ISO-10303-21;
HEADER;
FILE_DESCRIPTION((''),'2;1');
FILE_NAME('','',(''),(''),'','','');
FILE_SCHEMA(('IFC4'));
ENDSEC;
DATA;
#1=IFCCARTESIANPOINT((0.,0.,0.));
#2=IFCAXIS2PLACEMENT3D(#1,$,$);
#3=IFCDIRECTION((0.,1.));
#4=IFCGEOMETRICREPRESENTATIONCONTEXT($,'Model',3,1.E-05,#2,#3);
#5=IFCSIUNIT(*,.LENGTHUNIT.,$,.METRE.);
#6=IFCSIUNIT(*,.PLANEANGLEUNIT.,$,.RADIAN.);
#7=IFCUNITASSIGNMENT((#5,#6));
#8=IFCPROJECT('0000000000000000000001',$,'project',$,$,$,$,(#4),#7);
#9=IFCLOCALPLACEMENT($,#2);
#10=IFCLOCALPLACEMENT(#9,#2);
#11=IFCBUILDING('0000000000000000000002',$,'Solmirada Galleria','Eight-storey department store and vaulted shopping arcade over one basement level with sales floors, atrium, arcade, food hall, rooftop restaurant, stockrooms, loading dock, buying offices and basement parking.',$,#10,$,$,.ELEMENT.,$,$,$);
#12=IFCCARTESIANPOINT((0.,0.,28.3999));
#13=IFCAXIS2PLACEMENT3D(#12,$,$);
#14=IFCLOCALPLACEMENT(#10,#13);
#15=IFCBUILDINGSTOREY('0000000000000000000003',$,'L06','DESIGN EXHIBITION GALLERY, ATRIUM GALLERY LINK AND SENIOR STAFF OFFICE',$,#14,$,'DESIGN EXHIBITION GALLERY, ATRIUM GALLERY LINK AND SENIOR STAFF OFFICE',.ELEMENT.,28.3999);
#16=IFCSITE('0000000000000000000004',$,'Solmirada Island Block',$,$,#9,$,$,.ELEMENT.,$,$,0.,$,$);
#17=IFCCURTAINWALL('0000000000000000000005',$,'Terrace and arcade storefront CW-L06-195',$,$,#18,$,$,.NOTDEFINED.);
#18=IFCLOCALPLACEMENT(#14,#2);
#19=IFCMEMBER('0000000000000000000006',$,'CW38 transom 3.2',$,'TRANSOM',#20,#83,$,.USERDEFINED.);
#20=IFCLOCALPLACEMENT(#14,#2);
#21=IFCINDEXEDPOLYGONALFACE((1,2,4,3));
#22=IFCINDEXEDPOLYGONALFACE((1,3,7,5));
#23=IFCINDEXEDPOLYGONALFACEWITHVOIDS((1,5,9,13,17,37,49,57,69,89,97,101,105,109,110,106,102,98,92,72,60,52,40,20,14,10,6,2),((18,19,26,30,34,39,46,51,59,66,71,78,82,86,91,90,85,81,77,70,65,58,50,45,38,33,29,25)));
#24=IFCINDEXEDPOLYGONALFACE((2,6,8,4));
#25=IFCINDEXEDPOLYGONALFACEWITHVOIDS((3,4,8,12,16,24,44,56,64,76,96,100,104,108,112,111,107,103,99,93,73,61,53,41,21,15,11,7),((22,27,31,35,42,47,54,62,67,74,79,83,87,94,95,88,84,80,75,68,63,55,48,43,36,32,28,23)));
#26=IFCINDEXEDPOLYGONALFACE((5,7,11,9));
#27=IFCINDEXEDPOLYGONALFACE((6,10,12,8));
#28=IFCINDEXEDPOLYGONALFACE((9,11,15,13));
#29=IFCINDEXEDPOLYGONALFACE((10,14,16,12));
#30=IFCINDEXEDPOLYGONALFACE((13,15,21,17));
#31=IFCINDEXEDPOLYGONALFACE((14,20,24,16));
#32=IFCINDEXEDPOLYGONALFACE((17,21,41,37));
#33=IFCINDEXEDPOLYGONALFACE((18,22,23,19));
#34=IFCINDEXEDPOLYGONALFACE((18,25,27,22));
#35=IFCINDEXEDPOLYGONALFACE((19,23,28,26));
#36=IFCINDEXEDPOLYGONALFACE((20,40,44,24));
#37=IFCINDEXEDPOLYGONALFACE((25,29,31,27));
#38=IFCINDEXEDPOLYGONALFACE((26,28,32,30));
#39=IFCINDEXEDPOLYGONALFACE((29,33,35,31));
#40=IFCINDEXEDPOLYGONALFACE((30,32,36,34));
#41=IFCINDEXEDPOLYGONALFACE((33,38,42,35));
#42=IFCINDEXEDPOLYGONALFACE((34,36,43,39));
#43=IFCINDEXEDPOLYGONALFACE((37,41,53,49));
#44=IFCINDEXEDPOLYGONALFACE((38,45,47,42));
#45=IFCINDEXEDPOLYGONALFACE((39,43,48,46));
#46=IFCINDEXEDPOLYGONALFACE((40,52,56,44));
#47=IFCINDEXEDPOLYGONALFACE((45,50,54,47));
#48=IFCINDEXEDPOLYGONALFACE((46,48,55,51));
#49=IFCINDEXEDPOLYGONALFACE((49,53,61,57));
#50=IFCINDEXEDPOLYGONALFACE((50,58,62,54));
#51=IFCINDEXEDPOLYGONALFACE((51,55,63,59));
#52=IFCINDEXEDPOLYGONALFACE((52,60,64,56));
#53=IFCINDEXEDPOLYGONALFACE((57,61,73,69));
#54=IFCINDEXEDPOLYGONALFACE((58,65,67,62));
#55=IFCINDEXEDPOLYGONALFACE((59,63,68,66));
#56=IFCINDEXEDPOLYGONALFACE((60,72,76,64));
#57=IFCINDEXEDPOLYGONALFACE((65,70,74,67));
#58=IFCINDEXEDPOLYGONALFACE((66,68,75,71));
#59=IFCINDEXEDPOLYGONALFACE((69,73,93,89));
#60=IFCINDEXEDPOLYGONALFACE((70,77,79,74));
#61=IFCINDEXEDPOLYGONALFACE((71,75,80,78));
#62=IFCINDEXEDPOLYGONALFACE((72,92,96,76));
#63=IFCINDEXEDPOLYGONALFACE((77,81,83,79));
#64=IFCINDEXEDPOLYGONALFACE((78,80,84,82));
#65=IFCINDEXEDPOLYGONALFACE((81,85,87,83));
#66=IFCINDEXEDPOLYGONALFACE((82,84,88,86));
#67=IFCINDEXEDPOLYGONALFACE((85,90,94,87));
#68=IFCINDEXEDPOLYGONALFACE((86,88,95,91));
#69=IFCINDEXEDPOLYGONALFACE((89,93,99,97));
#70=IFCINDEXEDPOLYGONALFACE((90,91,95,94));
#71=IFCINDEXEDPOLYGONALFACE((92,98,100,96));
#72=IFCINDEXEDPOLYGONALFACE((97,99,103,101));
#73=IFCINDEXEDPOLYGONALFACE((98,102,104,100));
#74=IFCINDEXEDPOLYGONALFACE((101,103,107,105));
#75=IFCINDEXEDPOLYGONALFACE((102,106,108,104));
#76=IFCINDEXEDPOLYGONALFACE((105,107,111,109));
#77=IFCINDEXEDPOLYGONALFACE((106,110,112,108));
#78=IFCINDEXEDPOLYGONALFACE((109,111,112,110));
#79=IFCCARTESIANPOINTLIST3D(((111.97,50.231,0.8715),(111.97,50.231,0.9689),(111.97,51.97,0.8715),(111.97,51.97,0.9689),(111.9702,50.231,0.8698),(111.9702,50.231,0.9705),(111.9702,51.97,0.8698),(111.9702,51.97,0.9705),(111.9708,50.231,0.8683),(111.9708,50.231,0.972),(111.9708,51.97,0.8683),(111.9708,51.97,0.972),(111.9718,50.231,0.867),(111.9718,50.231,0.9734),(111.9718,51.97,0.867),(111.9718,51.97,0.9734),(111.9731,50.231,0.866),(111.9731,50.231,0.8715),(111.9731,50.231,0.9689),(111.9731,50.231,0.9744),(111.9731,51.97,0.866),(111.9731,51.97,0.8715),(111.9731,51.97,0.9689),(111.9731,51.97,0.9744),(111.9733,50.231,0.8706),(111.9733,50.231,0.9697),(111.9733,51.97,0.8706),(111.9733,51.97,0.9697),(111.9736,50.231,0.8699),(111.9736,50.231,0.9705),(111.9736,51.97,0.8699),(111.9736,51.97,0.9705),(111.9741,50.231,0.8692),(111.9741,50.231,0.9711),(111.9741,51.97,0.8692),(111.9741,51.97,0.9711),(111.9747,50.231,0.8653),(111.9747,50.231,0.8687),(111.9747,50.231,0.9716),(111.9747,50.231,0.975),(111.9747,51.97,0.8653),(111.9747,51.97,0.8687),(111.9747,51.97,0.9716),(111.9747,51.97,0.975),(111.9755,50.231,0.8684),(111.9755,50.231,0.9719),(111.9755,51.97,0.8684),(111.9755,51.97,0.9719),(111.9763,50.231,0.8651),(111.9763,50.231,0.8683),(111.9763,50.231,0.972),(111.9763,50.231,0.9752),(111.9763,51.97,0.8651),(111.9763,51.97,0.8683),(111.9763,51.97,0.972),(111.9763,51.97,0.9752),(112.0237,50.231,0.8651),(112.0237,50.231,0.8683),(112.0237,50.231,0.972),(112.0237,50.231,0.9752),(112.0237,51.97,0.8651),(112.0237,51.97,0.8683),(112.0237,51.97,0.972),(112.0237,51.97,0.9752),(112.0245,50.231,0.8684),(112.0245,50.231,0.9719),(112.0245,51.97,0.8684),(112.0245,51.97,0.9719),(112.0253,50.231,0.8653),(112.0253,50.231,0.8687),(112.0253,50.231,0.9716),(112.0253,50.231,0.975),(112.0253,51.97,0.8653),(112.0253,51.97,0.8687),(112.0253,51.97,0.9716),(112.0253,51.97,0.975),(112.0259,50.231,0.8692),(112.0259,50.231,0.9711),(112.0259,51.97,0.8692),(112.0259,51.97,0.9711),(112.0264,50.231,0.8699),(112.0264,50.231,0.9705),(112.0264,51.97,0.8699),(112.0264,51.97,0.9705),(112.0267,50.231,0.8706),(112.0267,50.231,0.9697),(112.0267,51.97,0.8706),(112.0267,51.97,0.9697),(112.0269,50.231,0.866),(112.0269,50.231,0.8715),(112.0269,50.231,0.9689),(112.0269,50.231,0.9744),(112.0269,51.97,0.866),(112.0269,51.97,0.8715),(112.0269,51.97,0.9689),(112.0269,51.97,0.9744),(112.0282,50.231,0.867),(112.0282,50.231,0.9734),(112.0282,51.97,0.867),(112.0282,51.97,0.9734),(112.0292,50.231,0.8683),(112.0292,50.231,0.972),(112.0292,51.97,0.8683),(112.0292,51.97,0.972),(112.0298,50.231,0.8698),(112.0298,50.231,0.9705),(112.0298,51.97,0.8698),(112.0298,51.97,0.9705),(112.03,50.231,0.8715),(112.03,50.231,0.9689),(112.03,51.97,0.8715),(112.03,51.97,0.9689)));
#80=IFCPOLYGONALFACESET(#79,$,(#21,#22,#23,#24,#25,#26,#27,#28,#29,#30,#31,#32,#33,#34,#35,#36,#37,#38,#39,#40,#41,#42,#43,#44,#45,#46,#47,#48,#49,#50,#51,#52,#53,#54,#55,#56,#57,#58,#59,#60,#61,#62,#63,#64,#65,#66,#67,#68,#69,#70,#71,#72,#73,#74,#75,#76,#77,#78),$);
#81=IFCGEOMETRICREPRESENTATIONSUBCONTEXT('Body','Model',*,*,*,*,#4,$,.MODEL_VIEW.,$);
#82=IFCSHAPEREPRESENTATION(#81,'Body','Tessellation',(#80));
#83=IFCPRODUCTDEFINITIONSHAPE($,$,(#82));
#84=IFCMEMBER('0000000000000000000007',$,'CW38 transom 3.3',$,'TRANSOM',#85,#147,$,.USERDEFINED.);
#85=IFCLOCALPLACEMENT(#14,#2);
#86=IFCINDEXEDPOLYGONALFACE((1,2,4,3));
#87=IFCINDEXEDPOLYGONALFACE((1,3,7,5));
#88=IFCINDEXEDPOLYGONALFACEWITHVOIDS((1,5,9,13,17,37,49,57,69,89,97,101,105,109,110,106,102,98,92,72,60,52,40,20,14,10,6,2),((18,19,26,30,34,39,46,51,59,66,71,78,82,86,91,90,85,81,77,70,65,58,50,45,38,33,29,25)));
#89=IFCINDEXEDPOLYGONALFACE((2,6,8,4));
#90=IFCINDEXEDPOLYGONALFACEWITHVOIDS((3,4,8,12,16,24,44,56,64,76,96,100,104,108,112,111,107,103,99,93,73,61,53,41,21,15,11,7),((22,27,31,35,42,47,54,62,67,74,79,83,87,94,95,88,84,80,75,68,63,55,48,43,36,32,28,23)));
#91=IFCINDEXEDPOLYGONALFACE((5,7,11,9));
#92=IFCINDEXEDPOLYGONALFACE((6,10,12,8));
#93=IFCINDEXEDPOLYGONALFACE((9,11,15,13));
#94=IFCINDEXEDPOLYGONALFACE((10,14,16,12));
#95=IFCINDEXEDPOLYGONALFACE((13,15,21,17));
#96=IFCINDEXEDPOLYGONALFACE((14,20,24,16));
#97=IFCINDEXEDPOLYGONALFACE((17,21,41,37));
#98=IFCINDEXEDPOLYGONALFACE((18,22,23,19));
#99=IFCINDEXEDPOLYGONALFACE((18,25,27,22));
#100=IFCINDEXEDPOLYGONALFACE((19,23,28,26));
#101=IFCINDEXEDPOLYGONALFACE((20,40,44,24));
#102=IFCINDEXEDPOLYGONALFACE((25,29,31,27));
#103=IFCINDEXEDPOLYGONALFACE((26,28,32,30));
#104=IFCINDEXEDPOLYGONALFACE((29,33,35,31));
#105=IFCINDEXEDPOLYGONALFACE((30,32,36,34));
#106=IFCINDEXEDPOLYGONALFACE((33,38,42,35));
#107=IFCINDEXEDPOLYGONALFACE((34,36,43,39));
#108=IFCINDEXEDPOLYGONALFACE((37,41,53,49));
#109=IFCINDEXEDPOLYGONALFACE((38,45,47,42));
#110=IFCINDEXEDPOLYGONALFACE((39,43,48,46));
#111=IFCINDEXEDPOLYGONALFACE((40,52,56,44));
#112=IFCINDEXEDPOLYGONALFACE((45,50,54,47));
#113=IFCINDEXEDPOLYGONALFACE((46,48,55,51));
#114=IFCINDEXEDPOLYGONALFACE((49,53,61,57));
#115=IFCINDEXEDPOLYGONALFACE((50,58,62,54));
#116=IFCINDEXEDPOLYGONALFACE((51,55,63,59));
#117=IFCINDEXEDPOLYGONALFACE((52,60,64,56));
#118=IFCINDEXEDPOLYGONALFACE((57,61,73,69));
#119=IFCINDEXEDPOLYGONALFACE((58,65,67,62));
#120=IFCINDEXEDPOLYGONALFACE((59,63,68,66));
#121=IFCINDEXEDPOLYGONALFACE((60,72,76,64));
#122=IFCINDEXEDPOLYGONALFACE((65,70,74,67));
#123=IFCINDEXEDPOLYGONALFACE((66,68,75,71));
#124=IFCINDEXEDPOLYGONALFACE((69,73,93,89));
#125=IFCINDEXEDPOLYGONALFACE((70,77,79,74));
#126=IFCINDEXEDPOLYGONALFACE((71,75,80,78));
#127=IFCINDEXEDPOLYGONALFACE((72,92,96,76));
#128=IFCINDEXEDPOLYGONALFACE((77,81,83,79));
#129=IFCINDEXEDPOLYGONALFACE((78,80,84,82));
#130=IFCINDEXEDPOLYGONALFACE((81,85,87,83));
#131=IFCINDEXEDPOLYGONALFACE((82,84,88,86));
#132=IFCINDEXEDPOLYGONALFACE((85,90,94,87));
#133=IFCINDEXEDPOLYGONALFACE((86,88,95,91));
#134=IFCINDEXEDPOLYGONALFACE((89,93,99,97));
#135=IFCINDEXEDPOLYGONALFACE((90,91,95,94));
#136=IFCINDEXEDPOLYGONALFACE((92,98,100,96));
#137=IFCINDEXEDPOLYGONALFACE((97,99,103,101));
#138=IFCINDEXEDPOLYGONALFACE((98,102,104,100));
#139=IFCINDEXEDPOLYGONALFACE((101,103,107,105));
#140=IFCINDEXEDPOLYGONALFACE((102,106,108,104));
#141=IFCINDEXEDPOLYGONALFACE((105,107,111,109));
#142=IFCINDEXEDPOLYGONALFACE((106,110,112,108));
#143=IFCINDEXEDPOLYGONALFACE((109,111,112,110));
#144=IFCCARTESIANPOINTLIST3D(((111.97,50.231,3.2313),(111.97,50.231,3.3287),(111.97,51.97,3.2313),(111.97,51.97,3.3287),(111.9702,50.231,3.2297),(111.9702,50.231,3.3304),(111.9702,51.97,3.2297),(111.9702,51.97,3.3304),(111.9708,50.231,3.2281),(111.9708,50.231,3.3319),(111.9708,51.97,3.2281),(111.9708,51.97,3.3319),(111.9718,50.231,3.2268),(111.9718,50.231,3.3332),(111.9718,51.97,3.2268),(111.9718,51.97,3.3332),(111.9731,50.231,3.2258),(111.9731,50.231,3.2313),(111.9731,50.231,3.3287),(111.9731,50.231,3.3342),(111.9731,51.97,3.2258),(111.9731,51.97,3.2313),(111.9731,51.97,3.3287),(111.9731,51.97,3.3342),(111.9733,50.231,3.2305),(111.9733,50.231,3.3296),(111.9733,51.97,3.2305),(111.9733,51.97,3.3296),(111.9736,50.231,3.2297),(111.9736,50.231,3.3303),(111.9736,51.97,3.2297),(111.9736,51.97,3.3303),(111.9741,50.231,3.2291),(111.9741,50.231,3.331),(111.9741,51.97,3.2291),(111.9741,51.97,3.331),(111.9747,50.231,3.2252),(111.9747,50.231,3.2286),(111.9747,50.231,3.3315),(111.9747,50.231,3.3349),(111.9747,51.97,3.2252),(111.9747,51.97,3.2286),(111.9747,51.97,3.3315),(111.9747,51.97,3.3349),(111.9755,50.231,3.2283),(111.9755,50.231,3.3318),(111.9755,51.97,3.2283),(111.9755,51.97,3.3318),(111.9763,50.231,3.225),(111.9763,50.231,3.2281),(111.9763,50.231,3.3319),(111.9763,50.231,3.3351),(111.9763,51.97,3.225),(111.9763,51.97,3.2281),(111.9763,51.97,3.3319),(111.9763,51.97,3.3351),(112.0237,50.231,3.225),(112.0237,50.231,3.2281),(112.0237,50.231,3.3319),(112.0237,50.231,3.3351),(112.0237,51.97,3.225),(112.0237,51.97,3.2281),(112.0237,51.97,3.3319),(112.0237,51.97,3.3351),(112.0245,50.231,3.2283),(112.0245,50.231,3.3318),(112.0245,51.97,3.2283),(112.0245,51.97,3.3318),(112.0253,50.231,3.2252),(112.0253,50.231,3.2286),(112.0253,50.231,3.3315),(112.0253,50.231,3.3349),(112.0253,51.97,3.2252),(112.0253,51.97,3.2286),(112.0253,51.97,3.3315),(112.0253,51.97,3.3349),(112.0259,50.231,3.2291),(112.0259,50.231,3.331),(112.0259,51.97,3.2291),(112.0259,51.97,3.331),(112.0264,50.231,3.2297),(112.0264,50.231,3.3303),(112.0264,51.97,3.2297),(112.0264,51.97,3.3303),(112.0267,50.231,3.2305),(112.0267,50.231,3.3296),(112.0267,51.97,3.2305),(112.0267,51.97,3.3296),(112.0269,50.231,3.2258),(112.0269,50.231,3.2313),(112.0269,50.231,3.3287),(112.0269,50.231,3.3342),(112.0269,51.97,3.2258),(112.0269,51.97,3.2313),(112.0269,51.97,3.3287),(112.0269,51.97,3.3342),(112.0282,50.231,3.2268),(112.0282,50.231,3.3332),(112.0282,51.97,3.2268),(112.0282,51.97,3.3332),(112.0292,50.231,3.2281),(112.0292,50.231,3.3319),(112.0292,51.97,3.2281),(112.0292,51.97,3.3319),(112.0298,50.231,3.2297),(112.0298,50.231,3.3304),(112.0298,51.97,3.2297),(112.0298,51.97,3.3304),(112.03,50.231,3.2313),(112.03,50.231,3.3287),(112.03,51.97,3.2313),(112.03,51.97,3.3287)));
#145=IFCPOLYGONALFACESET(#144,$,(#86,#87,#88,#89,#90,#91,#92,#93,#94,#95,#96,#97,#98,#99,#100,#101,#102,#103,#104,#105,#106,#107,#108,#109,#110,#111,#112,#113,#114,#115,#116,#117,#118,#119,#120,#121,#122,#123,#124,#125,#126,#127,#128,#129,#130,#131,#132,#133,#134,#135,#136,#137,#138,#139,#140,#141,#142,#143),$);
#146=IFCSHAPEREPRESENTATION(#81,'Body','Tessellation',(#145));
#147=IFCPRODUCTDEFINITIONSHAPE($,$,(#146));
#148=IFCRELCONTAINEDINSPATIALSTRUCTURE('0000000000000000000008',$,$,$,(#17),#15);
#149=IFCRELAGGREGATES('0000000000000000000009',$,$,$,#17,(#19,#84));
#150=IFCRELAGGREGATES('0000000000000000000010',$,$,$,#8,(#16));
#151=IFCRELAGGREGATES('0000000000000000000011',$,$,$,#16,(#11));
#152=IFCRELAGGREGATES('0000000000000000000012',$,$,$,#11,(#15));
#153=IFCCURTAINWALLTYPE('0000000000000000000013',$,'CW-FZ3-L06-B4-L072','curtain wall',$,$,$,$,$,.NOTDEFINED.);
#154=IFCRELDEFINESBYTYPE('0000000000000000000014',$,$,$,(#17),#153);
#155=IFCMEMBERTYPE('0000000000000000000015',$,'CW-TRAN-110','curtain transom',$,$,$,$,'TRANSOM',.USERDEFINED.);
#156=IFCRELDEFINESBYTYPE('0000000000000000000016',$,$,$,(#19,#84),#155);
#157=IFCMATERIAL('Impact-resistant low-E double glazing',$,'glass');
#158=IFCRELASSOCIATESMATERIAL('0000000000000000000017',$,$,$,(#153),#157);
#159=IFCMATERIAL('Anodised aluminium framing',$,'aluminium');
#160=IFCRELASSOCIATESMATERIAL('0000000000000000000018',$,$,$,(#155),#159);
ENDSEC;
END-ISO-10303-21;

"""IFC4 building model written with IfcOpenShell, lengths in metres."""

from ifc_helpers import new_model, si_unit, direction, frame, origin, origin_2d, place, context, subcontext, project, spatial, hollow_rectangle, extrude, material, material_profile, profile_set, type_object, element, aggregate, save


model = new_model("IFC4")

# Units and contexts
model_context = context("Model", 3, precision=1e-05, world=origin(), true_north=direction((0.0, 1.0)))
body_context = subcontext(model_context, "Body", "Model", "MODEL_VIEW")
ifc_project = project(units=[si_unit("LENGTHUNIT", "METRE"), si_unit("PLANEANGLEUNIT", "RADIAN")], contexts=[model_context])

# Site, building, storey
site_placement = place(None, origin())
site = spatial("IfcSite", under=ifc_project, at=site_placement, Name="Solmirada Island Block", CompositionType="ELEMENT", RefElevation=0.0)
building_placement = place(site_placement, origin())
building = spatial("IfcBuilding", under=site, at=building_placement, Name="Solmirada Galleria", Description="Eight-storey department store and vaulted shopping arcade over one basement level with sales floors, atrium, arcade, food hall, rooftop restaurant, stockrooms, loading dock, buying offices and basement parking.", CompositionType="ELEMENT")
storey_placement = place(building_placement, frame((0.0, 0.0, 28.3999)))
storey = spatial("IfcBuildingStorey", under=building, at=storey_placement, Name="L06", Description="DESIGN EXHIBITION GALLERY, ATRIUM GALLERY LINK AND SENIOR STAFF OFFICE", LongName="DESIGN EXHIBITION GALLERY, ATRIUM GALLERY LINK AND SENIOR STAFF OFFICE", CompositionType="ELEMENT", Elevation=28.3999)

# Curtain wall
ifc_material_1 = material(Name="Impact-resistant low-E double glazing", Category="glass")
curtain_wall_type = type_object("IfcCurtainWallType", Name="CW-FZ3-L06-B4-L072", Description="curtain wall", PredefinedType="NOTDEFINED", material=ifc_material_1)
curtain_wall_1_placement = place(storey_placement, origin())
curtain_wall_1 = element("IfcCurtainWall", 1, at=curtain_wall_1_placement, inside=storey, type_object=curtain_wall_type, Name="Terrace and arcade storefront CW-L06-195", PredefinedType="NOTDEFINED")
ifc_material_2 = material(Name="Anodised aluminium framing", Category="aluminium")

# Members
ifc_material_profile_1 = material_profile(ifc_material_2, hollow_rectangle(XDim=0.0601, YDim=0.1101, WallThickness=0.0032, InnerFilletRadius=0.0032, OuterFilletRadius=0.0063, at=origin_2d()), Name="ALU-TRAN-110X60")
ifc_profile_set_1 = profile_set([ifc_material_profile_1], Name="Anodised aluminium framing")
member_type_1 = type_object("IfcMemberType", Name="CW-TRAN-110", Description="curtain transom", ElementType="TRANSOM", PredefinedType="USERDEFINED", material=ifc_profile_set_1)
member_1_placement = place(storey_placement, frame((112.0, 51.97, 0.9202), z_axis=(0.0, -1.0, 0.0), x_axis=(1.0, 0.0, 0.0)))
member_1 = element("IfcMember", 2, at=member_1_placement, type_object=member_type_1, Name="CW38 transom 3.2", ObjectType="TRANSOM", PredefinedType="USERDEFINED", context=body_context, shape_type="SweptSolid", body=[
    extrude(hollow_rectangle(XDim=0.0601, YDim=0.1101, WallThickness=0.0032, InnerFilletRadius=0.0032, OuterFilletRadius=0.0063, at=origin_2d()), origin(), (0.0, 0.0, 1.0), 1.739),
])
member_2_placement = place(storey_placement, frame((112.0, 51.97, 3.28), z_axis=(0.0, -1.0, 0.0), x_axis=(1.0, 0.0, 0.0)))
member_2 = element("IfcMember", 3, at=member_2_placement, type_object=member_type_1, Name="CW38 transom 3.3", ObjectType="TRANSOM", PredefinedType="USERDEFINED", context=body_context, shape_type="SweptSolid", body=[
    extrude(hollow_rectangle(XDim=0.0601, YDim=0.1101, WallThickness=0.0032, InnerFilletRadius=0.0032, OuterFilletRadius=0.0063, at=origin_2d()), origin(), (0.0, 0.0, 1.0), 1.739),
])

aggregate(curtain_wall_1, [member_1, member_2])

save(model, "model.ifc")
